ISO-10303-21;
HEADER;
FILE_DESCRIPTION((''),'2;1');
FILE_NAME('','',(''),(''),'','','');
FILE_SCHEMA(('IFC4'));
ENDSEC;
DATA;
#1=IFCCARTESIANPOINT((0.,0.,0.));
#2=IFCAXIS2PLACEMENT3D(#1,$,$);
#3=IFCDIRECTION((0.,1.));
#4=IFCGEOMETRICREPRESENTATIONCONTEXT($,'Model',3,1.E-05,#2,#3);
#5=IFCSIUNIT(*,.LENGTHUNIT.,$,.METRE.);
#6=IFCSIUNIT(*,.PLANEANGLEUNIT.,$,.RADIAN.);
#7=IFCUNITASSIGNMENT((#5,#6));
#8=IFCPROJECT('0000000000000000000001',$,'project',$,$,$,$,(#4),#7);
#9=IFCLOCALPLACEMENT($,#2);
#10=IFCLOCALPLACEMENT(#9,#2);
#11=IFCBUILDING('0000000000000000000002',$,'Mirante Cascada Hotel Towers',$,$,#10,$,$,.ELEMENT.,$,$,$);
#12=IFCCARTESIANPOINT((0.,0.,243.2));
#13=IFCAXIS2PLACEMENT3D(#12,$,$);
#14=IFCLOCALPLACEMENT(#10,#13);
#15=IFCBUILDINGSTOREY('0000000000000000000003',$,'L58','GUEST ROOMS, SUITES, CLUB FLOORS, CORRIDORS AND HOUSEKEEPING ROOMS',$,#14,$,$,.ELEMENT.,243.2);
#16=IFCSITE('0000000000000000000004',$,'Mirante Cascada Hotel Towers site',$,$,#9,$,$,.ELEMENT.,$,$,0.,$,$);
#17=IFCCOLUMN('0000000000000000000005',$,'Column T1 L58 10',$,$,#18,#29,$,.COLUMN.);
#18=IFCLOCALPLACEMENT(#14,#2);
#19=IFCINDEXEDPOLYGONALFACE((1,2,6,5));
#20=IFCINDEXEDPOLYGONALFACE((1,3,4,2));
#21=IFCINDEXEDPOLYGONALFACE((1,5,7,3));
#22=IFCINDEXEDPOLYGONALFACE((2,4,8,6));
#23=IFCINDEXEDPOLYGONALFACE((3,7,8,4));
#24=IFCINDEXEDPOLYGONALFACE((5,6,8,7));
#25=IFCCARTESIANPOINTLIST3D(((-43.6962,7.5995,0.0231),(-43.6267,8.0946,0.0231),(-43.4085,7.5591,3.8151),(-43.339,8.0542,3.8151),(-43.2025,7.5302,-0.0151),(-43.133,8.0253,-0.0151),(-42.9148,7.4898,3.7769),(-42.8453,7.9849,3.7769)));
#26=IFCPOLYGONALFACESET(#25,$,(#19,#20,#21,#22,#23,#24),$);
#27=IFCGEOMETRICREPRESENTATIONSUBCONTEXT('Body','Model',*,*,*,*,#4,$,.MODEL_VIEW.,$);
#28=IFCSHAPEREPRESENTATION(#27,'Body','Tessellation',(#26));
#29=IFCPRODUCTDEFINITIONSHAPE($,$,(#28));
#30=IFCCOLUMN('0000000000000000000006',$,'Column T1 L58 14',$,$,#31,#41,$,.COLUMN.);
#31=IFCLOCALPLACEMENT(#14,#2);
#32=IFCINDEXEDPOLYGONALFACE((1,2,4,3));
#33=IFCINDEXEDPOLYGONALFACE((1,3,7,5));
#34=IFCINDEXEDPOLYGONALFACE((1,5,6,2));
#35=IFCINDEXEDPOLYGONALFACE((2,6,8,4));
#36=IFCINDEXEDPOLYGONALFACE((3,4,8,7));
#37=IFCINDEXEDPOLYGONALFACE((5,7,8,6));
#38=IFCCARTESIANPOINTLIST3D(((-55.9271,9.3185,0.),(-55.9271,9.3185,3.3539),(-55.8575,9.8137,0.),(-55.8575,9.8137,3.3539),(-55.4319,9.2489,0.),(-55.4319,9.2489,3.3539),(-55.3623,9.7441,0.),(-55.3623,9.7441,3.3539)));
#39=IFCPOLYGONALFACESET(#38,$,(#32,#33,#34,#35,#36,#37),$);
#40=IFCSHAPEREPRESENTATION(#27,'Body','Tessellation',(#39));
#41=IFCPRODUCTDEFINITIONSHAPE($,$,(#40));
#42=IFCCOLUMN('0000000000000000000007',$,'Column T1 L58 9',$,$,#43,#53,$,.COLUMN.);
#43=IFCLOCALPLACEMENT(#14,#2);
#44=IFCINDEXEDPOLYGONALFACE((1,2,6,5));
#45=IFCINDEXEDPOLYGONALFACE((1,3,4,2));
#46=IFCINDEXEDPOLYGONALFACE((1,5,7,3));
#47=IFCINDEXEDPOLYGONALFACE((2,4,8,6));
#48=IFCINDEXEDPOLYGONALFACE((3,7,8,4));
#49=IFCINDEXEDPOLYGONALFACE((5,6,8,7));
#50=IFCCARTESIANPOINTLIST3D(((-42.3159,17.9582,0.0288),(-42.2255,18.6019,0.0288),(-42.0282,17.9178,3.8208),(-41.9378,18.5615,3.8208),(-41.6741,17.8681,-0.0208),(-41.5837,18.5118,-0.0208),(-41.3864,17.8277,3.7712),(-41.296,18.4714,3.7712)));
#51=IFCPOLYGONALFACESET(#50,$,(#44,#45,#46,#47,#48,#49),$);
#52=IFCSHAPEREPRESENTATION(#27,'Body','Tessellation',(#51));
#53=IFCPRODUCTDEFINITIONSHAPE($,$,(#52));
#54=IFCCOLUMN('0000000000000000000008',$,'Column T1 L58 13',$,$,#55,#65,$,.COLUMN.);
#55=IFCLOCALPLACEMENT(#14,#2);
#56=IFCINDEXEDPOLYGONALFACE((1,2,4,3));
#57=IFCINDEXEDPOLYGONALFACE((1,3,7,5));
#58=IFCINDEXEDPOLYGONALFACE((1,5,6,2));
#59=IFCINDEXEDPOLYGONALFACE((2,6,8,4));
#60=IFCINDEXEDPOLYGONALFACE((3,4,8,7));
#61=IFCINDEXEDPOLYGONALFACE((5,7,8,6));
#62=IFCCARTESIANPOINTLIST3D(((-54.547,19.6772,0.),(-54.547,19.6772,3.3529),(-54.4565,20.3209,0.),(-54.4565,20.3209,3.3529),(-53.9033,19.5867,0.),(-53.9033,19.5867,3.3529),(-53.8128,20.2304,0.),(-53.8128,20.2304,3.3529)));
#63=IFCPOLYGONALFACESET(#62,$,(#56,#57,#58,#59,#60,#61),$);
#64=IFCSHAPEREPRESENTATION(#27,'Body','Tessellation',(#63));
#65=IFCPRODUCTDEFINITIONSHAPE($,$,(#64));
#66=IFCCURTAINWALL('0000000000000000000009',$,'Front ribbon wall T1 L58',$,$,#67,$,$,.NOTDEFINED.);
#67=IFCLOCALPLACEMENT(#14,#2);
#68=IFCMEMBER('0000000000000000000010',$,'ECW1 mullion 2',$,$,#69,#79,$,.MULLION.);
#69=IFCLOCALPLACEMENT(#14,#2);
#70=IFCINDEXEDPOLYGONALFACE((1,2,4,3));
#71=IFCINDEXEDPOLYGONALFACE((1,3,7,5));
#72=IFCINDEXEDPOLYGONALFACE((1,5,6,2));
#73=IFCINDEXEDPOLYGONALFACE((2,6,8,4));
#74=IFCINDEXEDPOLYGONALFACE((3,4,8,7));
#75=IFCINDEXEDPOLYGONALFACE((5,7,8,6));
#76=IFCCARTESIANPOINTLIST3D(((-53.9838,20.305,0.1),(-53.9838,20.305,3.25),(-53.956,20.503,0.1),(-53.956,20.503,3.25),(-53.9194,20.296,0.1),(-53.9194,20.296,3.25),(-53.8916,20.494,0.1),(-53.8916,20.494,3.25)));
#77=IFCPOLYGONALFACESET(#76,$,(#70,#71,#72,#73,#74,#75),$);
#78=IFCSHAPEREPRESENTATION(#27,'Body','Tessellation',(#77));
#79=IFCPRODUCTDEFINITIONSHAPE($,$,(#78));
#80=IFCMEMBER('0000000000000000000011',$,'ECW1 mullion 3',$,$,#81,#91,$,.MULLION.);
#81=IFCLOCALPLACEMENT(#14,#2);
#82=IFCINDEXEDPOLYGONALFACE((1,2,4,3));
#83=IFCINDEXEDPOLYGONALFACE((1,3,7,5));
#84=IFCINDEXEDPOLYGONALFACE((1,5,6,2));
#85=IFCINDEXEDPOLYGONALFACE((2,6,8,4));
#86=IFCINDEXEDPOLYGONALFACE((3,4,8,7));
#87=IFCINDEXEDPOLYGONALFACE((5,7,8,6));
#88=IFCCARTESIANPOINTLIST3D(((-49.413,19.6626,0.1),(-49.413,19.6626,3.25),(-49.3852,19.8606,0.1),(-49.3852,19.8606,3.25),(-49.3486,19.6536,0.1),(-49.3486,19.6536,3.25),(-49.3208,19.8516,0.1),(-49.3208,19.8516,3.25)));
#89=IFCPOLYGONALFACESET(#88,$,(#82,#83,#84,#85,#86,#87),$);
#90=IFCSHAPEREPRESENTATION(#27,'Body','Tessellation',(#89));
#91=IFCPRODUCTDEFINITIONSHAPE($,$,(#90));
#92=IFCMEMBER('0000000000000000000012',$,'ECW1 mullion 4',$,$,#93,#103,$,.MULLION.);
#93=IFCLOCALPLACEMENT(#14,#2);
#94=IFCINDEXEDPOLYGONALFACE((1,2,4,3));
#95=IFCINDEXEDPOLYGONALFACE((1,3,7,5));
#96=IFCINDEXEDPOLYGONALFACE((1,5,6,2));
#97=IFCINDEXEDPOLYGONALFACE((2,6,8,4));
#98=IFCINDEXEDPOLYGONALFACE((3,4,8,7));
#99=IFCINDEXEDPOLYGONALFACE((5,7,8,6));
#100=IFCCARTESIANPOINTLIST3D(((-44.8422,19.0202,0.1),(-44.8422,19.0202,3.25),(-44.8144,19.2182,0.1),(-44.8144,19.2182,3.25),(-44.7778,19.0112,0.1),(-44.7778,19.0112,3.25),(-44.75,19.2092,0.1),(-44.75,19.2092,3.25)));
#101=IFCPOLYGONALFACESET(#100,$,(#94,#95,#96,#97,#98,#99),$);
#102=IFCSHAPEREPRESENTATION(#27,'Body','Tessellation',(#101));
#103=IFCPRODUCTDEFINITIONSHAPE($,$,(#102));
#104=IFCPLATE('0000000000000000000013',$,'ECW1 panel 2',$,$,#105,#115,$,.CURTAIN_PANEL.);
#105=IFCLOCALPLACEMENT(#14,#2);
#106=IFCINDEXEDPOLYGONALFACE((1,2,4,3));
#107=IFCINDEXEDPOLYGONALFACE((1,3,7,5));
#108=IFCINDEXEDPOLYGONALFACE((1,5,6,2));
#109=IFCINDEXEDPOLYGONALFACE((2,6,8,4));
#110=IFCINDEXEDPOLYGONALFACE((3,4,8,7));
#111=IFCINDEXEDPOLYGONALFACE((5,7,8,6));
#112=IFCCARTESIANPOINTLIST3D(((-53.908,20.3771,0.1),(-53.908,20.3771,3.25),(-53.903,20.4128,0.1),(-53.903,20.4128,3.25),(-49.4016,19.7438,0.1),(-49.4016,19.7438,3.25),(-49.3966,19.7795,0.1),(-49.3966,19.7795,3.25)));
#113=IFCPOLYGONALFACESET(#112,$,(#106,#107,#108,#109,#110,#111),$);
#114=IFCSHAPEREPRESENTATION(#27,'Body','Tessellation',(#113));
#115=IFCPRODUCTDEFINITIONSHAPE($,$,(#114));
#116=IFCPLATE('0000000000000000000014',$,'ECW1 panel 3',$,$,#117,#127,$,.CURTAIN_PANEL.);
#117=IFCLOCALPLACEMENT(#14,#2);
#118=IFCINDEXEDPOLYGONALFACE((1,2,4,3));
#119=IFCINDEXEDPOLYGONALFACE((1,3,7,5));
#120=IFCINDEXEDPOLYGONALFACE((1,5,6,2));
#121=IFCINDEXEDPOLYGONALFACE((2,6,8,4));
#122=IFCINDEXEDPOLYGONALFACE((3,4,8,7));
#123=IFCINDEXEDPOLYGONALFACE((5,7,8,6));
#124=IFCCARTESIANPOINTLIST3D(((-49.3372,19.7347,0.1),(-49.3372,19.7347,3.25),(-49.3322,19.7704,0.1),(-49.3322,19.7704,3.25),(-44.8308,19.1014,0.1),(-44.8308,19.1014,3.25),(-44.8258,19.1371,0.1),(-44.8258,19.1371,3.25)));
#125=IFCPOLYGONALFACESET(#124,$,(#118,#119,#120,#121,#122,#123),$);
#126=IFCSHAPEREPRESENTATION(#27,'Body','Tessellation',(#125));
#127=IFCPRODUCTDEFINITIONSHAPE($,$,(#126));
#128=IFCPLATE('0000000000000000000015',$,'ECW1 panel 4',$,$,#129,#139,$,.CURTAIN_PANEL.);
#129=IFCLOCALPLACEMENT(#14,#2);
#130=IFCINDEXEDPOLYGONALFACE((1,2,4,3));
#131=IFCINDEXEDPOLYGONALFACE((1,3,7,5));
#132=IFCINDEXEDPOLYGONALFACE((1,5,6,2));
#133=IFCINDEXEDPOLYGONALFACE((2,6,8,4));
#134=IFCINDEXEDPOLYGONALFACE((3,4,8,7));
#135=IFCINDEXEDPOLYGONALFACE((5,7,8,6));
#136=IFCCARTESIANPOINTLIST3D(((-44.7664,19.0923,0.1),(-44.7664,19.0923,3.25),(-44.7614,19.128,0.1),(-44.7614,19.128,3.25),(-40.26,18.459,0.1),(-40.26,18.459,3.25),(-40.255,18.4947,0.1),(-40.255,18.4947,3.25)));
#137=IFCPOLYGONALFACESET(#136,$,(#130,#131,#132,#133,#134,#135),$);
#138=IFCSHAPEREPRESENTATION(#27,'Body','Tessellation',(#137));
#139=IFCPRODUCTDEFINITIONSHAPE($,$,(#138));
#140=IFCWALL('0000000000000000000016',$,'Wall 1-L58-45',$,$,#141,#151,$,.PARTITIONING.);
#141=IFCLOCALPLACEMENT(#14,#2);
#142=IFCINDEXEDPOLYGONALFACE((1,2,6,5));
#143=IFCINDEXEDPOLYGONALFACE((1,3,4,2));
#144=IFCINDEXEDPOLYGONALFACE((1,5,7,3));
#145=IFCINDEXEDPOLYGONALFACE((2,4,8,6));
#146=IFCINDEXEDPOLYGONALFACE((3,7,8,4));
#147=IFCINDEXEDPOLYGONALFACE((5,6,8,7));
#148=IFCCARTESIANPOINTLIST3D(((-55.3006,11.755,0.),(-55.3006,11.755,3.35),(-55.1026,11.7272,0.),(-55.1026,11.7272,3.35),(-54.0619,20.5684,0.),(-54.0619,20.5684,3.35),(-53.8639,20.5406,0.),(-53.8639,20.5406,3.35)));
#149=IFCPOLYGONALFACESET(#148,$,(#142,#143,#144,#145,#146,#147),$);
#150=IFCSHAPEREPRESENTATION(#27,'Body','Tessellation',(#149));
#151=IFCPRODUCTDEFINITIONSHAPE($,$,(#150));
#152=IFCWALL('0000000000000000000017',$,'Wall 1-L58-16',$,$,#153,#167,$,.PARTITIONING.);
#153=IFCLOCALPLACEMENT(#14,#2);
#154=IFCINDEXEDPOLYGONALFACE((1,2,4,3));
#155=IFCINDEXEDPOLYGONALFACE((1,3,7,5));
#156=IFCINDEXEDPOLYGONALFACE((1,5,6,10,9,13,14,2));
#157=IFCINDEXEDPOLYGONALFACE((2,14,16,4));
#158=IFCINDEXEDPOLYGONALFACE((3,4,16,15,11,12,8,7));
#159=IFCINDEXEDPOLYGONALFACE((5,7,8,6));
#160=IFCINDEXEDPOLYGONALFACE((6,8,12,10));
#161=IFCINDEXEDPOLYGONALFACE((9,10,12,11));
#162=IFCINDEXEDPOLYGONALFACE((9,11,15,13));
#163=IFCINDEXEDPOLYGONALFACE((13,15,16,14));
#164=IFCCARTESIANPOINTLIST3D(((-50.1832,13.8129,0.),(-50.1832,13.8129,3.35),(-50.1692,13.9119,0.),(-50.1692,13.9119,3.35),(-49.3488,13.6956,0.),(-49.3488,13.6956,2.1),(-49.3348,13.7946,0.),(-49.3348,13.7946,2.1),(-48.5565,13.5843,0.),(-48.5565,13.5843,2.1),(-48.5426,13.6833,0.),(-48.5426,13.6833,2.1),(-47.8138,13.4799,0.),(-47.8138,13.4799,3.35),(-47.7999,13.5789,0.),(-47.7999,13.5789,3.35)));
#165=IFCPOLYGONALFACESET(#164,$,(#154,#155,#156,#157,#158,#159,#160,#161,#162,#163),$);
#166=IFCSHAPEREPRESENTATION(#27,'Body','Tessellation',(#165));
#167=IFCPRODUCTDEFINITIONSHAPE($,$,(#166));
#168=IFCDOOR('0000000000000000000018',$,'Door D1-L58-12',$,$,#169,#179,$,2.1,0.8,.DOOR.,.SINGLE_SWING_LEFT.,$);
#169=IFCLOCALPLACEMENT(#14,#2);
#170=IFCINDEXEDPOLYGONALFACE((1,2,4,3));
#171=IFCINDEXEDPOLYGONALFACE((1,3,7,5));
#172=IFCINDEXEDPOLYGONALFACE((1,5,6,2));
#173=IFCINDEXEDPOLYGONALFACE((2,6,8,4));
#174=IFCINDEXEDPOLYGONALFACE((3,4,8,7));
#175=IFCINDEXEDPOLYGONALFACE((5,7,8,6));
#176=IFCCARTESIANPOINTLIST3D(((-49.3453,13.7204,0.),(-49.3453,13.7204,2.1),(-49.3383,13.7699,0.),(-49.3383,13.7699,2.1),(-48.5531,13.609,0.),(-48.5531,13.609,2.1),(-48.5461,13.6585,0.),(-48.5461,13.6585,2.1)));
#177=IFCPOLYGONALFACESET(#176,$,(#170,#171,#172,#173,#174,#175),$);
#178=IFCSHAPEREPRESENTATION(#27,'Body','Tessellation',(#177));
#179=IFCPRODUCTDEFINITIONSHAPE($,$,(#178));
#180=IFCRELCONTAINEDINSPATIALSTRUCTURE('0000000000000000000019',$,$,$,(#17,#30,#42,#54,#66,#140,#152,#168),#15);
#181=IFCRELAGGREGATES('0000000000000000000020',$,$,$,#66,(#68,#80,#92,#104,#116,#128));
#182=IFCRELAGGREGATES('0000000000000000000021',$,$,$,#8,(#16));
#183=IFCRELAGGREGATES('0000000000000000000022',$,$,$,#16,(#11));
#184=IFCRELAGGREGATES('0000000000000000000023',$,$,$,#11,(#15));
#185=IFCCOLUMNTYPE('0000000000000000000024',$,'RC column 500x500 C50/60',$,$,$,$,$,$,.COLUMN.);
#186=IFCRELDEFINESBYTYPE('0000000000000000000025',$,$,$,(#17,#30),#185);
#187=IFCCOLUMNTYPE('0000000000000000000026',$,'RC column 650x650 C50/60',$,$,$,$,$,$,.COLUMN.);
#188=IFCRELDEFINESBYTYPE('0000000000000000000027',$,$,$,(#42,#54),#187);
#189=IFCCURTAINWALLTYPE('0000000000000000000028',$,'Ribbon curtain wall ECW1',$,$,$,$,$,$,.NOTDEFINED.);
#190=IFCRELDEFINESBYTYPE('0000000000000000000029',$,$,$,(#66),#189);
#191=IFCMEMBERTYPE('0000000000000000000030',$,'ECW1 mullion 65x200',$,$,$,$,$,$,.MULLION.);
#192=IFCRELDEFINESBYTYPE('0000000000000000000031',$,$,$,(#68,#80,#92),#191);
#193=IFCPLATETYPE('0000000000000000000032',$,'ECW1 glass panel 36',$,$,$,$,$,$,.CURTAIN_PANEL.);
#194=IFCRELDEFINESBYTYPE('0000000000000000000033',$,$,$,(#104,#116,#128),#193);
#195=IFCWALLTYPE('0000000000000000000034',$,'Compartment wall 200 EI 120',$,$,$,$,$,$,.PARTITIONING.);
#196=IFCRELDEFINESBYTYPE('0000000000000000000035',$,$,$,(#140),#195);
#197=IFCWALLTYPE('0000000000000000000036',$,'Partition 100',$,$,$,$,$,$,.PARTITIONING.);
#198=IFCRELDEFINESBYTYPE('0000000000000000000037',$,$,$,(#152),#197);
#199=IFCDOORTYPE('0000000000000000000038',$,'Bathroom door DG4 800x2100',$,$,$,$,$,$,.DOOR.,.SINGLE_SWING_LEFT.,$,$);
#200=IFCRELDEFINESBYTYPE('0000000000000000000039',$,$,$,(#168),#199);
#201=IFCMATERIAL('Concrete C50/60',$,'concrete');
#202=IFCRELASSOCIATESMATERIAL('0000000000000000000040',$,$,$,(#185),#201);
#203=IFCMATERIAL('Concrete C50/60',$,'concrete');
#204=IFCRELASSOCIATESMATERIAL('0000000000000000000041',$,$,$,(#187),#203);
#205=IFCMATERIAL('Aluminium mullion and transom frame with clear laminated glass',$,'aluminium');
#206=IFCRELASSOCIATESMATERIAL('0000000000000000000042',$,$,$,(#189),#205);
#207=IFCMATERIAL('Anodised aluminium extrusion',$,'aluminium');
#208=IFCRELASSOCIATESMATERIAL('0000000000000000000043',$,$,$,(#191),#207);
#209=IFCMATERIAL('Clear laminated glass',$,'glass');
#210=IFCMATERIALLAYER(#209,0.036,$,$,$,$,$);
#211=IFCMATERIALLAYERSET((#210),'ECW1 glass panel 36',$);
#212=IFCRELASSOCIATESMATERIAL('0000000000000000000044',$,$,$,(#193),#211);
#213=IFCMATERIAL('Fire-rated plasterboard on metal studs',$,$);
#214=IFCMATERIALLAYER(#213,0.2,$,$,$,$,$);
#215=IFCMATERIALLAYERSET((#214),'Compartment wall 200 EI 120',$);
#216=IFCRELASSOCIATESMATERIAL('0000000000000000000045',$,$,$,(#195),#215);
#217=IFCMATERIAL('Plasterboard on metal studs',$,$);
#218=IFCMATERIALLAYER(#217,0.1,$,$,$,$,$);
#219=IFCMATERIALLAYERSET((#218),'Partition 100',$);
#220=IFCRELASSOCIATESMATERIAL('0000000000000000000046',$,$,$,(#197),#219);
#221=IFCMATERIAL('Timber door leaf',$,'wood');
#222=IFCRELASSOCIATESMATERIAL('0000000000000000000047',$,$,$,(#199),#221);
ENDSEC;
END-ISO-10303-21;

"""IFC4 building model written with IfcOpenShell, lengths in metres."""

from ifc_helpers import new_model, si_unit, direction, frame, frame_2d, origin, origin_2d, place, context, subcontext, project, spatial, rectangle, extrude, material, layer, layer_set, material_profile, profile_set, type_object, element, fill, aggregate, save


model = new_model("IFC4")

# Units and contexts
model_context = context("Model", 3, precision=1e-05, world=origin(), true_north=direction((0.0, 1.0)))
body_context = subcontext(model_context, "Body", "Model", "MODEL_VIEW")
ifc_project = project(units=[si_unit("LENGTHUNIT", "METRE"), si_unit("PLANEANGLEUNIT", "RADIAN")], contexts=[model_context])

# Site, building, storey
site_placement = place(None, origin())
site = spatial("IfcSite", under=ifc_project, at=site_placement, Name="Mirante Cascada Hotel Towers site", CompositionType="ELEMENT", RefElevation=0.0)
building_placement = place(site_placement, origin())
building = spatial("IfcBuilding", under=site, at=building_placement, Name="Mirante Cascada Hotel Towers", CompositionType="ELEMENT")
storey_placement = place(building_placement, frame((0.0, 0.0, 243.2)))
storey = spatial("IfcBuildingStorey", under=building, at=storey_placement, Name="L58", Description="GUEST ROOMS, SUITES, CLUB FLOORS, CORRIDORS AND HOUSEKEEPING ROOMS", CompositionType="ELEMENT", Elevation=243.2)

# Columns
ifc_material_1 = material(Name="Concrete C50/60", Category="concrete")
ifc_material_profile_1 = material_profile(ifc_material_1, rectangle(XDim=0.5, YDim=0.5, at=origin_2d()), Name="RC column 500x500 C50/60")
ifc_profile_set_1 = profile_set([ifc_material_profile_1], Name="Concrete C50/60")
column_type_1 = type_object("IfcColumnType", Name="RC column 500x500 C50/60", PredefinedType="COLUMN", material=ifc_profile_set_1)
column_1_placement = place(storey_placement, frame((-43.4146, 7.8124, 0.004), z_axis=(0.075649, -0.010623, 0.997078), x_axis=(0.13906, 0.990284, 0.0)))
element("IfcColumn", 1, at=column_1_placement, inside=storey, type_object=column_type_1, Name="Column T1 L58 10", PredefinedType="COLUMN", context=body_context, shape_type="SweptSolid", body=[
    extrude(rectangle(XDim=0.5, YDim=0.5, at=origin_2d()), origin(), (0.0, 0.0, 1.0), 3.8031),
])
column_2_placement = place(storey_placement, frame((-55.6447, 9.5313, 0.0), z_axis=(0.0, 0.0, 1.0), x_axis=(-0.990268, 0.139173, 0.0)))
element("IfcColumn", 2, at=column_2_placement, inside=storey, type_object=column_type_1, Name="Column T1 L58 14", PredefinedType="COLUMN", context=body_context, shape_type="SweptSolid", body=[
    extrude(rectangle(XDim=0.5, YDim=0.5, at=origin_2d()), origin(), (0.0, 0.0, 1.0), 3.3539),
])
ifc_material_2 = material(Name="Concrete C50/60", Category="concrete")
ifc_material_profile_2 = material_profile(ifc_material_2, rectangle(XDim=0.65, YDim=0.65, at=origin_2d()), Name="RC column 650x650 C50/60")
ifc_profile_set_2 = profile_set([ifc_material_profile_2], Name="Concrete C50/60")
column_type_2 = type_object("IfcColumnType", Name="RC column 650x650 C50/60", PredefinedType="COLUMN", material=ifc_profile_set_2)
column_3_placement = place(storey_placement, frame((-41.9498, 18.235, 0.004), z_axis=(0.075649, -0.010623, 0.997078), x_axis=(0.13906, 0.990284, 0.0)))
element("IfcColumn", 3, at=column_3_placement, inside=storey, type_object=column_type_2, Name="Column T1 L58 9", PredefinedType="COLUMN", context=body_context, shape_type="SweptSolid", body=[
    extrude(rectangle(XDim=0.65, YDim=0.65, at=origin_2d()), origin(), (0.0, 0.0, 1.0), 3.8031),
])
column_4_placement = place(storey_placement, frame((-54.1799, 19.9538, 0.0), z_axis=(0.0, 0.0, 1.0), x_axis=(-0.990268, 0.139173, 0.0)))
element("IfcColumn", 4, at=column_4_placement, inside=storey, type_object=column_type_2, Name="Column T1 L58 13", PredefinedType="COLUMN", context=body_context, shape_type="SweptSolid", body=[
    extrude(rectangle(XDim=0.65, YDim=0.65, at=origin_2d()), origin(), (0.0, 0.0, 1.0), 3.3529),
])

# Curtain wall, members, plates
ifc_material_3 = material(Name="Aluminium mullion and transom frame with clear laminated glass", Category="aluminium")
curtain_wall_type = type_object("IfcCurtainWallType", Name="Ribbon curtain wall ECW1", PredefinedType="NOTDEFINED", material=ifc_material_3)
curtain_wall_placement = place(storey_placement, origin())
curtain_wall = element("IfcCurtainWall", 5, at=curtain_wall_placement, inside=storey, type_object=curtain_wall_type, Name="Front ribbon wall T1 L58", PredefinedType="NOTDEFINED")
ifc_material_4 = material(Name="Anodised aluminium extrusion", Category="aluminium")
ifc_material_profile_3 = material_profile(ifc_material_4, rectangle(XDim=0.2, YDim=0.065, at=origin_2d()), Name="ECW1 MULLION 65x200")
ifc_profile_set_3 = profile_set([ifc_material_profile_3], Name="Anodised aluminium extrusion")
member_type = type_object("IfcMemberType", Name="ECW1 mullion 65x200", PredefinedType="MULLION", material=ifc_profile_set_3)
member_1_placement = place(storey_placement, frame((-53.9377, 20.3995, 0.1), z_axis=(0.0, 0.0, 1.0), x_axis=(0.139173, 0.990268, 0.0)))
member_1 = element("IfcMember", 6, at=member_1_placement, type_object=member_type, Name="ECW1 mullion 2", PredefinedType="MULLION", context=body_context, shape_type="SweptSolid", body=[
    extrude(rectangle(XDim=0.2, YDim=0.065, at=origin_2d()), origin(), (0.0, 0.0, 1.0), 3.15),
])
member_2_placement = place(storey_placement, frame((-49.3669, 19.7571, 0.1), z_axis=(0.0, 0.0, 1.0), x_axis=(0.139173, 0.990268, 0.0)))
member_2 = element("IfcMember", 7, at=member_2_placement, type_object=member_type, Name="ECW1 mullion 3", PredefinedType="MULLION", context=body_context, shape_type="SweptSolid", body=[
    extrude(rectangle(XDim=0.2, YDim=0.065, at=origin_2d()), origin(), (0.0, 0.0, 1.0), 3.15),
])
member_3_placement = place(storey_placement, frame((-44.7961, 19.1147, 0.1), z_axis=(0.0, 0.0, 1.0), x_axis=(0.139173, 0.990268, 0.0)))
member_3 = element("IfcMember", 8, at=member_3_placement, type_object=member_type, Name="ECW1 mullion 4", PredefinedType="MULLION", context=body_context, shape_type="SweptSolid", body=[
    extrude(rectangle(XDim=0.2, YDim=0.065, at=origin_2d()), origin(), (0.0, 0.0, 1.0), 3.15),
])
ifc_material_5 = material(Name="Clear laminated glass", Category="glass")
ifc_layer_1 = layer(ifc_material_5, 0.036)
ifc_layer_set_1 = layer_set([ifc_layer_1], Name="ECW1 glass panel 36")
plate_type = type_object("IfcPlateType", Name="ECW1 glass panel 36", PredefinedType="CURTAIN_PANEL", material=ifc_layer_set_1)
plate_1_placement = place(storey_placement, frame((-51.6523, 20.0783, 0.1), z_axis=(0.0, 0.0, 1.0), x_axis=(0.990268, -0.139173, 0.0)))
plate_1 = element("IfcPlate", 9, at=plate_1_placement, type_object=plate_type, Name="ECW1 panel 2", PredefinedType="CURTAIN_PANEL", context=body_context, shape_type="SweptSolid", body=[
    extrude(rectangle(XDim=4.5507, YDim=0.036, at=origin_2d()), origin(), (0.0, 0.0, 1.0), 3.15),
])
plate_2_placement = place(storey_placement, frame((-47.0815, 19.4359, 0.1), z_axis=(0.0, 0.0, 1.0), x_axis=(0.990268, -0.139173, 0.0)))
plate_2 = element("IfcPlate", 10, at=plate_2_placement, type_object=plate_type, Name="ECW1 panel 3", PredefinedType="CURTAIN_PANEL", context=body_context, shape_type="SweptSolid", body=[
    extrude(rectangle(XDim=4.5507, YDim=0.036, at=origin_2d()), origin(), (0.0, 0.0, 1.0), 3.15),
])
plate_3_placement = place(storey_placement, frame((-42.5107, 18.7935, 0.1), z_axis=(0.0, 0.0, 1.0), x_axis=(0.990268, -0.139173, 0.0)))
plate_3 = element("IfcPlate", 11, at=plate_3_placement, type_object=plate_type, Name="ECW1 panel 4", PredefinedType="CURTAIN_PANEL", context=body_context, shape_type="SweptSolid", body=[
    extrude(rectangle(XDim=4.5507, YDim=0.036, at=origin_2d()), origin(), (0.0, 0.0, 1.0), 3.15),
])
aggregate(curtain_wall, [member_1, member_2, member_3, plate_1, plate_2, plate_3])

# Wall
ifc_material_6 = material(Name="Fire-rated plasterboard on metal studs")
ifc_layer_2 = layer(ifc_material_6, 0.2)
ifc_layer_set_2 = layer_set([ifc_layer_2], Name="Compartment wall 200 EI 120")
wall_type_1 = type_object("IfcWallType", Name="Compartment wall 200 EI 120", PredefinedType="PARTITIONING", material=ifc_layer_set_2)
wall_1_placement = place(storey_placement, frame((-55.2016, 11.7411, 0.0), z_axis=(0.0, 0.0, 1.0), x_axis=(0.139179, 0.990267, 0.0)))
element("IfcWall", 12, at=wall_1_placement, inside=storey, type_object=wall_type_1, Name="Wall 1-L58-45", PredefinedType="PARTITIONING", context=body_context, shape_type="SweptSolid", body=[
    extrude(rectangle(XDim=8.9, YDim=0.2, at=frame_2d((4.45, 0.0))), origin(), (0.0, 0.0, 1.0), 3.35),
])

# Wall, opening, door
ifc_material_7 = material(Name="Plasterboard on metal studs")
ifc_layer_3 = layer(ifc_material_7, 0.1)
ifc_layer_set_3 = layer_set([ifc_layer_3], Name="Partition 100")
wall_type_2 = type_object("IfcWallType", Name="Partition 100", PredefinedType="PARTITIONING", material=ifc_layer_set_3)
wall_2_placement = place(storey_placement, frame((-50.1762, 13.8624, 0.0), z_axis=(0.0, 0.0, 1.0), x_axis=(0.990267, -0.13918, 0.0)))
wall_2 = element("IfcWall", 13, at=wall_2_placement, inside=storey, type_object=wall_type_2, Name="Wall 1-L58-16", PredefinedType="PARTITIONING", context=body_context, shape_type="SweptSolid", body=[
    extrude(rectangle(XDim=2.3926, YDim=0.1, at=frame_2d((1.1963, 0.0))), origin(), (0.0, 0.0, 1.0), 3.35),
])
opening_1_placement = place(wall_2_placement, frame((0.8426, 0.0, 0.0)))
opening_1 = element("IfcOpeningElement", 14, at=opening_1_placement, cuts=wall_2, PredefinedType="OPENING", context=body_context, shape_type="SweptSolid", body=[
    extrude(rectangle(XDim=0.8, YDim=2.1, at=frame_2d((0.4, 1.05))), frame((0.0, 0.05, 0.0), z_axis=(0.0, -1.0, 0.0), x_axis=(1.0, 0.0, 0.0)), (0.0, 0.0, 1.0), 0.1),
])
ifc_material_8 = material(Name="Timber door leaf", Category="wood")
door_type_1 = type_object("IfcDoorType", Name="Bathroom door DG4 800x2100", OperationType="SINGLE_SWING_LEFT", PredefinedType="DOOR", material=ifc_material_8)
door_1_placement = place(opening_1_placement, origin())
door_1 = element("IfcDoor", 15, at=door_1_placement, inside=storey, type_object=door_type_1, Name="Door D1-L58-12", OperationType="SINGLE_SWING_LEFT", OverallHeight=2.1, OverallWidth=0.8, PredefinedType="DOOR", context=body_context, shape_type="SweptSolid", body=[
    extrude(rectangle(XDim=0.8, YDim=2.1, at=frame_2d((0.4, 1.05))), frame((0.0, 0.025, 0.0), z_axis=(0.0, -1.0, 0.0), x_axis=(1.0, 0.0, 0.0)), (0.0, 0.0, 1.0), 0.05),
])
fill(opening_1, door_1)

save(model, "model.ifc")
